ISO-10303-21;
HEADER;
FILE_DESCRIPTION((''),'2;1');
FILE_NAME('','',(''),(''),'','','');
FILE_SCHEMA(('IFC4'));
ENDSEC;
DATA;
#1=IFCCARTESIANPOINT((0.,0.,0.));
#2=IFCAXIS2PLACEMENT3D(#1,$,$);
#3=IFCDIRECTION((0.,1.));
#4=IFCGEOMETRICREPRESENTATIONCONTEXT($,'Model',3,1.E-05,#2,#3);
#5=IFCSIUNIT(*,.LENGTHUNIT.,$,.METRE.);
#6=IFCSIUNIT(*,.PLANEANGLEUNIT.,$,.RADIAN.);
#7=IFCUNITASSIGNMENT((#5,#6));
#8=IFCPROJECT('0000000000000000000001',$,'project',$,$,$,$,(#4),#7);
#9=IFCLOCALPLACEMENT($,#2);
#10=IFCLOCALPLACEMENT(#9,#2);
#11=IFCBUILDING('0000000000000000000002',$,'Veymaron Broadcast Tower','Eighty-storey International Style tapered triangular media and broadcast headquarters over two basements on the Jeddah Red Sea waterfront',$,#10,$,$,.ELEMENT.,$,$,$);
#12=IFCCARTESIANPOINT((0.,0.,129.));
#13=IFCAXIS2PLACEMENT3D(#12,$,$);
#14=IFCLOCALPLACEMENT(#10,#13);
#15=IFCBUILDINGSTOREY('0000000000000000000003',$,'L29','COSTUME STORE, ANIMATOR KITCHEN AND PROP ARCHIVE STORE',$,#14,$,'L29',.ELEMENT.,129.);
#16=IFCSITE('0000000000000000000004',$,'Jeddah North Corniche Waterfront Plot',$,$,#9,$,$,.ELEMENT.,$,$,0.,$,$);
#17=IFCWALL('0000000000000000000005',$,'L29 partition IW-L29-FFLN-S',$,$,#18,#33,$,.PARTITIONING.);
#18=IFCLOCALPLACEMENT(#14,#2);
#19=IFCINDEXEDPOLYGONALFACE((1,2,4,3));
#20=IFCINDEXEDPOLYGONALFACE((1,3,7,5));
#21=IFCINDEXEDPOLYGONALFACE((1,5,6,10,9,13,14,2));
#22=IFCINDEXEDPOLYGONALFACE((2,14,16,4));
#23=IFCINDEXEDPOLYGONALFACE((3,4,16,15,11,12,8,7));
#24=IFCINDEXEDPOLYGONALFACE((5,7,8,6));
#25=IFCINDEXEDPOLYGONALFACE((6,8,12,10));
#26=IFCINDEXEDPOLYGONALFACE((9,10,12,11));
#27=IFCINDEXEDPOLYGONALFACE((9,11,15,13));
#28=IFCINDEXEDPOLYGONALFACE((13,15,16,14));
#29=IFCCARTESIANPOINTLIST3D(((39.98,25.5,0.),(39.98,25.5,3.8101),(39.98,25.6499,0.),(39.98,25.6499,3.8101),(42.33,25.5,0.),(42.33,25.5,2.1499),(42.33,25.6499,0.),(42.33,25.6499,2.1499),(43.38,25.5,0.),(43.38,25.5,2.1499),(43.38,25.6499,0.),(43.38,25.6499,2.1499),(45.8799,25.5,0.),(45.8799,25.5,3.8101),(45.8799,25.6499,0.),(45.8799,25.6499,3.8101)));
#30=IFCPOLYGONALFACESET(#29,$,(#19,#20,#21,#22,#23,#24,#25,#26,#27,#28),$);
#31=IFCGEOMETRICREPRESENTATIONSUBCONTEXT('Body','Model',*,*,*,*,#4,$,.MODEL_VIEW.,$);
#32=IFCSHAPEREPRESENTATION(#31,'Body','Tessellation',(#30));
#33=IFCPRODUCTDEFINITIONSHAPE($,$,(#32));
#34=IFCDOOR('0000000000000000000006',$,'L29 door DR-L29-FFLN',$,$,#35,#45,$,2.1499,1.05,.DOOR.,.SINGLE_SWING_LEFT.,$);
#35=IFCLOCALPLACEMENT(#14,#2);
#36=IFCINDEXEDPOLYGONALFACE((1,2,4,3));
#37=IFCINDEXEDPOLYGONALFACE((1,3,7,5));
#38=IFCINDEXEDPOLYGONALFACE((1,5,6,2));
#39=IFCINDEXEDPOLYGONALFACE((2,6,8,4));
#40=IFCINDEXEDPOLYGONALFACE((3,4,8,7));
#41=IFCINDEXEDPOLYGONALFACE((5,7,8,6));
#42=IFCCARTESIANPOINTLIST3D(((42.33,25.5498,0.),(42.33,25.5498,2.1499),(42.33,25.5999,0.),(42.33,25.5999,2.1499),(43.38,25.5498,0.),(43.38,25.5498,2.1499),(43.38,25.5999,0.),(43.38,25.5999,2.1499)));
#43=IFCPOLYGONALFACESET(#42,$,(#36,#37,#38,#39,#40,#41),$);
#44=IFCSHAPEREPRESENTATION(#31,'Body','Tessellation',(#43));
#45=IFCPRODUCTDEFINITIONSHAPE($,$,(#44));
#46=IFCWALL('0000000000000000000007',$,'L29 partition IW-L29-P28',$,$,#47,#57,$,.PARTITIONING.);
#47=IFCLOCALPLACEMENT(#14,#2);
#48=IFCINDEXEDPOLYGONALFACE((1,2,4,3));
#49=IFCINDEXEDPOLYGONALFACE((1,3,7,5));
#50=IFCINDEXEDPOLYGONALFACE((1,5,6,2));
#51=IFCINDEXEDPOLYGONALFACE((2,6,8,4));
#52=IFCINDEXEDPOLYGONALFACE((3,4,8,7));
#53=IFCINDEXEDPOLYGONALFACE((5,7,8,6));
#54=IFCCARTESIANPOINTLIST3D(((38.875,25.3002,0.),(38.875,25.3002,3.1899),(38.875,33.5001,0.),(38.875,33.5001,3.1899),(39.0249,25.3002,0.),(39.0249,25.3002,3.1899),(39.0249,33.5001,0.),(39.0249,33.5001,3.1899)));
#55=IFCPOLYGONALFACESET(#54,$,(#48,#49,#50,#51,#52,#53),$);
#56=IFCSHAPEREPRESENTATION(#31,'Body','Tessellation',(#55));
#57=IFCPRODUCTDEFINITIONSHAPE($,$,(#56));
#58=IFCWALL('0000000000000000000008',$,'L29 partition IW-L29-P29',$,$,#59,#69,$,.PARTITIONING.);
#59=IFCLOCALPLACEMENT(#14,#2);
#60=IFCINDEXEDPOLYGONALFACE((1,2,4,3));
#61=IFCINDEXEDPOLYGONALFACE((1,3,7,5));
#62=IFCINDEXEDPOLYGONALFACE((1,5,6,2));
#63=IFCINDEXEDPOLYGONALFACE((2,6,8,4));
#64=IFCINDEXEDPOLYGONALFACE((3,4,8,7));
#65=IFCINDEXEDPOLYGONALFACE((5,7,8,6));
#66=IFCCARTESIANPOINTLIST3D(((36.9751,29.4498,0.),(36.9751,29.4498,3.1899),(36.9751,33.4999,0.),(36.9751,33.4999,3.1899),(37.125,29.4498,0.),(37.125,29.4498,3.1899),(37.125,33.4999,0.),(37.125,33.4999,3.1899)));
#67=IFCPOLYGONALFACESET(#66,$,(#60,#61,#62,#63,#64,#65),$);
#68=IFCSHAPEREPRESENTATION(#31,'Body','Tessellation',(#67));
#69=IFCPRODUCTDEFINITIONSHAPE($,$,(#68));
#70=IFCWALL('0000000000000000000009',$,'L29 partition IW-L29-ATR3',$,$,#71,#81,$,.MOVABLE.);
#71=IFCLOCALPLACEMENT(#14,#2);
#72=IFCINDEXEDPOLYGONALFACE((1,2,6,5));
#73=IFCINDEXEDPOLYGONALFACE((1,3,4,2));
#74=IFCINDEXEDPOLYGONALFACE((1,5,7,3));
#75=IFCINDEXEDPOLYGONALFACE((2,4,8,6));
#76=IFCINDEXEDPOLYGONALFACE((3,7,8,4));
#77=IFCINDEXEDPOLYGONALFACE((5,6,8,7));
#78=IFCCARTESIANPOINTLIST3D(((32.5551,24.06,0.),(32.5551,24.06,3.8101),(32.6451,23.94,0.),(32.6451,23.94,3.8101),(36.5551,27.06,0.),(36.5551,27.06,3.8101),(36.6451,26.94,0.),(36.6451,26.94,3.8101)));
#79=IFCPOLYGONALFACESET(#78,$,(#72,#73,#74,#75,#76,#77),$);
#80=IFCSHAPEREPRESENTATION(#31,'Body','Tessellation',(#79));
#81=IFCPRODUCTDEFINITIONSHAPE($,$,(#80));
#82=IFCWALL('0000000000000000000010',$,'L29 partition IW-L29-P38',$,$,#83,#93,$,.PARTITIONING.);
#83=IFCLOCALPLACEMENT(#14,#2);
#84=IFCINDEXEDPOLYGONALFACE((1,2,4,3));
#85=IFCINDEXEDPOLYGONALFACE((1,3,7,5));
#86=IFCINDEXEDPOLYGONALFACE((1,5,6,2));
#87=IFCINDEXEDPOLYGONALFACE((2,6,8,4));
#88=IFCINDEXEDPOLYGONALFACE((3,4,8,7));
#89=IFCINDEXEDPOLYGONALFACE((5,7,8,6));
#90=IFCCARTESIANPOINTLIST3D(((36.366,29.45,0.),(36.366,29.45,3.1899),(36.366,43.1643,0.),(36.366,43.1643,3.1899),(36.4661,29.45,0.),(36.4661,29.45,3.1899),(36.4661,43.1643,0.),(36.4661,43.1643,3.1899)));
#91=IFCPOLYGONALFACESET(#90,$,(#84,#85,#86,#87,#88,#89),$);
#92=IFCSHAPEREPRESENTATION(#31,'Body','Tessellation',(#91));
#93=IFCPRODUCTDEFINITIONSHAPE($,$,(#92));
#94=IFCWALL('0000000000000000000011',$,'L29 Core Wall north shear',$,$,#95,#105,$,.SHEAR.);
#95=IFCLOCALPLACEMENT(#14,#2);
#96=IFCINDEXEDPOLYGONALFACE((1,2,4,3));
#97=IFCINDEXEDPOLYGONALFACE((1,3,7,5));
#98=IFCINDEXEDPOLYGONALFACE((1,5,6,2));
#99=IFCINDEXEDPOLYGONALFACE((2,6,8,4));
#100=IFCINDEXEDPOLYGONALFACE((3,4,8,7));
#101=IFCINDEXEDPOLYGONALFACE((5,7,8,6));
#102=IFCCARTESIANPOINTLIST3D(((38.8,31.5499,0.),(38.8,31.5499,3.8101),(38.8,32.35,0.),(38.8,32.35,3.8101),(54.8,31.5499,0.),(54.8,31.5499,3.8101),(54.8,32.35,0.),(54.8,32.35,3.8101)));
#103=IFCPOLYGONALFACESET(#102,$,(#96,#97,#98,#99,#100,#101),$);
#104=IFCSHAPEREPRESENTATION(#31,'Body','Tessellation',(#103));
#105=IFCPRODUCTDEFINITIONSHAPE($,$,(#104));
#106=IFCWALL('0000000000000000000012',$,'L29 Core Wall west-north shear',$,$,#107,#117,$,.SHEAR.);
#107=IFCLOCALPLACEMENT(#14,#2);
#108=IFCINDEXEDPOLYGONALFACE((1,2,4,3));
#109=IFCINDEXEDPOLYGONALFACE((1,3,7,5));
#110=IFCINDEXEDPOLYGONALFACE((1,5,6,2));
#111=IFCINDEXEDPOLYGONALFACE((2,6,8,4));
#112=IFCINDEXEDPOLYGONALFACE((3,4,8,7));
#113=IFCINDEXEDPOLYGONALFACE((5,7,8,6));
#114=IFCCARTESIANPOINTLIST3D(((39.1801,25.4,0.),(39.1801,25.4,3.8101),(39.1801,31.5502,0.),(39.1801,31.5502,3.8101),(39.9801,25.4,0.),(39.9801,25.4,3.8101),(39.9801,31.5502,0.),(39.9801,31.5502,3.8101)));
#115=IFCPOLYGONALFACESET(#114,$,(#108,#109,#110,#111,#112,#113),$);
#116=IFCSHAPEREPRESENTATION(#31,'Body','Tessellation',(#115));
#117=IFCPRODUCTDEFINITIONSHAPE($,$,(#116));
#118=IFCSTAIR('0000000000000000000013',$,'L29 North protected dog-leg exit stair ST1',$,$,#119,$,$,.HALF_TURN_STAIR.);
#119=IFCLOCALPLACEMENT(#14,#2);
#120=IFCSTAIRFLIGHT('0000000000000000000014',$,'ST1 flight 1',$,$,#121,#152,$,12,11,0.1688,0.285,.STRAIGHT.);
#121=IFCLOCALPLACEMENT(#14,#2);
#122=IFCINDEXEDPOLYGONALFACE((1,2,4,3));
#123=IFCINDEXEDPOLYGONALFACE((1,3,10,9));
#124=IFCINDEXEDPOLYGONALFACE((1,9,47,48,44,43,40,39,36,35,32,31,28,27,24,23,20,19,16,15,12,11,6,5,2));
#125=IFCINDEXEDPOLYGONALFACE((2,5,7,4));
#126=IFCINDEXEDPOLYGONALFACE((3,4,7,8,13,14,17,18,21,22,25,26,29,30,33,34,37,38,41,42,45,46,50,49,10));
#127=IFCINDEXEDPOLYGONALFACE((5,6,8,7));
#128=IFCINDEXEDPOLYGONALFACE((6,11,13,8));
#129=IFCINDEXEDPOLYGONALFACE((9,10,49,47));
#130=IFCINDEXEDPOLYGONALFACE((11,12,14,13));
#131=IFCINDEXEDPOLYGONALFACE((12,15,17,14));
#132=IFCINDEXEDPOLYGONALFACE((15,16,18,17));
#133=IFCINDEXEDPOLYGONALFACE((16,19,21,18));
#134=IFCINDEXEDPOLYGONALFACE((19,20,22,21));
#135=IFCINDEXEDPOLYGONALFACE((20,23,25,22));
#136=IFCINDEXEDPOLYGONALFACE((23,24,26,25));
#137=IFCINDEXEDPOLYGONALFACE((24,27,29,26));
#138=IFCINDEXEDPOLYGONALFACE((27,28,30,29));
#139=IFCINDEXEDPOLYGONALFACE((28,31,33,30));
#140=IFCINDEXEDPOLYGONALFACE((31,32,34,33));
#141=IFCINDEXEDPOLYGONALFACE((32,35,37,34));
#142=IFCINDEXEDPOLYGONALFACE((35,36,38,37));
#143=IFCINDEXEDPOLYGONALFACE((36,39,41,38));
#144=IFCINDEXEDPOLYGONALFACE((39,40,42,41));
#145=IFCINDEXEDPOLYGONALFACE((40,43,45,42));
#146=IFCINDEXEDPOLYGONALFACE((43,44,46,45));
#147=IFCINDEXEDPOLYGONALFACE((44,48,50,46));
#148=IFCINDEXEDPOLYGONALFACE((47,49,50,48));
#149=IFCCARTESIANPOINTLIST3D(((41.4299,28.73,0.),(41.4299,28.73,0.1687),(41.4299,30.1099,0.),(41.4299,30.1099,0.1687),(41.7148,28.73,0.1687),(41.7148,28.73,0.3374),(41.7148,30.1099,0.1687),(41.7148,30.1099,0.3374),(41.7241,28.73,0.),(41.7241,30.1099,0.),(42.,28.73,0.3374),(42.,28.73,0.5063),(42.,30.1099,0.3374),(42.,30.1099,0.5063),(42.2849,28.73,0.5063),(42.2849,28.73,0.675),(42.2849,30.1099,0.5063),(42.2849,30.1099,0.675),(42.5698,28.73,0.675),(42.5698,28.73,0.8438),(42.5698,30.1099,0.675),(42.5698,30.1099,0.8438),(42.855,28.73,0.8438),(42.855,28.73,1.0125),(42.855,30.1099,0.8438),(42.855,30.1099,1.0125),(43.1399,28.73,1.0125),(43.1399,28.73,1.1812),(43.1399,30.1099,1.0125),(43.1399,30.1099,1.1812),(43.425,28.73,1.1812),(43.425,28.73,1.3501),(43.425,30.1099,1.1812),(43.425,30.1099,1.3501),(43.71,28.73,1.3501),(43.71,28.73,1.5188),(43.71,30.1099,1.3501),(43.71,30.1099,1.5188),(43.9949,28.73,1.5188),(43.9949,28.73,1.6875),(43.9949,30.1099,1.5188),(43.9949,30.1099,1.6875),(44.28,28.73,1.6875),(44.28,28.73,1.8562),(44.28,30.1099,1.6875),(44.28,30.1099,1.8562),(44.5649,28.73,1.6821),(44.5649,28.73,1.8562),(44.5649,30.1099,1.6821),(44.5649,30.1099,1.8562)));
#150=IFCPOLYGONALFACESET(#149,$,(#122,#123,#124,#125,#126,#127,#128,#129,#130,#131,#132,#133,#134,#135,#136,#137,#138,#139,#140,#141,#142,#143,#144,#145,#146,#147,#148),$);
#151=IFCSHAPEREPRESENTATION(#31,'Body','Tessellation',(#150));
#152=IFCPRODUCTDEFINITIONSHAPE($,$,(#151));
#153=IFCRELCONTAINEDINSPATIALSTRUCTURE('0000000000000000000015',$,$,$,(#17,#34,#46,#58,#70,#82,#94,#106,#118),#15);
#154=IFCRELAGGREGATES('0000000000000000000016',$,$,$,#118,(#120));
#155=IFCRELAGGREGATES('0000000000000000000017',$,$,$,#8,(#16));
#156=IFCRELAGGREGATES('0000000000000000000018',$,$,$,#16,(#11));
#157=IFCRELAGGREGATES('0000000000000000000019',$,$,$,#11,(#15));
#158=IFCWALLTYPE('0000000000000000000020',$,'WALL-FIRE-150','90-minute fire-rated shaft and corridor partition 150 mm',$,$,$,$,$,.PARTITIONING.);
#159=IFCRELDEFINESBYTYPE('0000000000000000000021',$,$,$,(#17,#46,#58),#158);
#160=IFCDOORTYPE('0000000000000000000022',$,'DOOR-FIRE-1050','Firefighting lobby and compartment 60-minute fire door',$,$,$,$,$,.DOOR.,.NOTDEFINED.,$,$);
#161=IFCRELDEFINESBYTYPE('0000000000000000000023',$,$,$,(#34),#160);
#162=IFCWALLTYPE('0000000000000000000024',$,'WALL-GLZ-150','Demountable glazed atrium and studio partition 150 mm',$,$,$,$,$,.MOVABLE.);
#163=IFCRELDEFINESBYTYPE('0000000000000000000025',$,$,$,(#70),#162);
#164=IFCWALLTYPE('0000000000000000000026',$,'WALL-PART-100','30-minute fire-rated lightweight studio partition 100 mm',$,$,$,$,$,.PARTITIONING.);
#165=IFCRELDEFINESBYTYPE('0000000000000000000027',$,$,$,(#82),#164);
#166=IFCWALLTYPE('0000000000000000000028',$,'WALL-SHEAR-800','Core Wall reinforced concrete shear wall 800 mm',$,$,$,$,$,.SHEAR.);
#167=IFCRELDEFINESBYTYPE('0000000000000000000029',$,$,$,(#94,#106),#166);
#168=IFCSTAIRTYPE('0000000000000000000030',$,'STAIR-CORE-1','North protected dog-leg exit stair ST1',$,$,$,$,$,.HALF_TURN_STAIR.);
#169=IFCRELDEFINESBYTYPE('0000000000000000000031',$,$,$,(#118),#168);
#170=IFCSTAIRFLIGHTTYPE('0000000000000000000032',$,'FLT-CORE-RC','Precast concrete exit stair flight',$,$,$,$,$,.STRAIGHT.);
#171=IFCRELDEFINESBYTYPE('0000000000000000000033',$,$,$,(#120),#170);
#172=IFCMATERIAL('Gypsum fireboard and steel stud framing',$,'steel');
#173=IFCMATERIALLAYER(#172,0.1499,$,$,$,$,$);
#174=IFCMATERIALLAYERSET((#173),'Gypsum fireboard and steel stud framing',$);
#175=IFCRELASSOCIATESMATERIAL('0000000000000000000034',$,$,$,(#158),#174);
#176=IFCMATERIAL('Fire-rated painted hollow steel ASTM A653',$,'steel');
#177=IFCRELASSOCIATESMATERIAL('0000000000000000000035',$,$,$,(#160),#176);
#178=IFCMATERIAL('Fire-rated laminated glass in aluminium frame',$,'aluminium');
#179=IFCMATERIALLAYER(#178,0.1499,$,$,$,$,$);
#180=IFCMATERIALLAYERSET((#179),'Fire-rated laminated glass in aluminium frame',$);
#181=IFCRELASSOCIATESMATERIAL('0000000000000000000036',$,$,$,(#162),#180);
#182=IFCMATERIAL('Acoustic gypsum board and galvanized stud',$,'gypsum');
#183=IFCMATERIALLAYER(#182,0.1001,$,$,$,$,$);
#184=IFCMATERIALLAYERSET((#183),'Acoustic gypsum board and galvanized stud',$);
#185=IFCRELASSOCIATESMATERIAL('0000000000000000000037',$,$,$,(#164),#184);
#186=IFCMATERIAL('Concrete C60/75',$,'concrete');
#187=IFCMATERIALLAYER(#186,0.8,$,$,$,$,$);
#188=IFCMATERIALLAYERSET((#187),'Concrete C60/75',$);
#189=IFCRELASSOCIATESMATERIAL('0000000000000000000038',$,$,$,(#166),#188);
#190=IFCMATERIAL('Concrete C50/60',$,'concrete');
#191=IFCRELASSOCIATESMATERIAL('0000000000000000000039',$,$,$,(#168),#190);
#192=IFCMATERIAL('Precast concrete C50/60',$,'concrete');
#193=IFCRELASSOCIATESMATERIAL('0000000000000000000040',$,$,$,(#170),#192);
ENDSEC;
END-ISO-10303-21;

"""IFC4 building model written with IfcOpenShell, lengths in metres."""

from ifc_helpers import new_model, si_unit, direction, frame, frame_2d, origin, place, context, subcontext, project, spatial, polyline, rectangle, outline, extrude, material, layer, layer_set, type_object, element, fill, aggregate, save


model = new_model("IFC4")

# Units and contexts
model_context = context("Model", 3, precision=1e-05, world=origin(), true_north=direction((0.0, 1.0)))
body_context = subcontext(model_context, "Body", "Model", "MODEL_VIEW")
ifc_project = project(units=[si_unit("LENGTHUNIT", "METRE"), si_unit("PLANEANGLEUNIT", "RADIAN")], contexts=[model_context])

# Site, building, storey
site_placement = place(None, origin())
site = spatial("IfcSite", under=ifc_project, at=site_placement, Name="Jeddah North Corniche Waterfront Plot", CompositionType="ELEMENT", RefElevation=0.0)
building_placement = place(site_placement, origin())
building = spatial("IfcBuilding", under=site, at=building_placement, Name="Veymaron Broadcast Tower", Description="Eighty-storey International Style tapered triangular media and broadcast headquarters over two basements on the Jeddah Red Sea waterfront", CompositionType="ELEMENT")
storey_placement = place(building_placement, frame((0.0, 0.0, 129.0)))
storey = spatial("IfcBuildingStorey", under=building, at=storey_placement, Name="L29", Description="COSTUME STORE, ANIMATOR KITCHEN AND PROP ARCHIVE STORE", LongName="L29", CompositionType="ELEMENT", Elevation=129.0)

# Wall, opening, door
ifc_material_1 = material(Name="Gypsum fireboard and steel stud framing", Category="steel")
ifc_layer_1 = layer(ifc_material_1, 0.1499)
ifc_layer_set_1 = layer_set([ifc_layer_1], Name="Gypsum fireboard and steel stud framing")
wall_type_1 = type_object("IfcWallType", Name="WALL-FIRE-150", Description="90-minute fire-rated shaft and corridor partition 150 mm", PredefinedType="PARTITIONING", material=ifc_layer_set_1)
wall_1_placement = place(storey_placement, frame((39.98, 25.575, 0.0), z_axis=(0.0, 0.0, 1.0), x_axis=(1.0, 0.0, 0.0)))
wall_1 = element("IfcWall", 1, at=wall_1_placement, inside=storey, type_object=wall_type_1, Name="L29 partition IW-L29-FFLN-S", PredefinedType="PARTITIONING", context=body_context, shape_type="SweptSolid", body=[
    extrude(rectangle(XDim=5.8999, YDim=0.1499, at=frame_2d((2.95, 0.0))), origin(), (0.0, 0.0, 1.0), 3.8101),
])
opening_1_placement = place(wall_1_placement, frame((2.3501, 0.0, 0.0)))
opening_1 = element("IfcOpeningElement", 2, at=opening_1_placement, cuts=wall_1, PredefinedType="OPENING", context=body_context, shape_type="SweptSolid", body=[
    extrude(rectangle(XDim=1.05, YDim=2.1499, at=frame_2d((0.5249, 1.075))), frame((0.0, 0.085, 0.0), z_axis=(0.0, -1.0, 0.0), x_axis=(1.0, 0.0, 0.0)), (0.0, 0.0, 1.0), 0.1699),
])
ifc_material_2 = material(Name="Fire-rated painted hollow steel ASTM A653", Category="steel")
door_type_1 = type_object("IfcDoorType", Name="DOOR-FIRE-1050", Description="Firefighting lobby and compartment 60-minute fire door", OperationType="NOTDEFINED", PredefinedType="DOOR", material=ifc_material_2)
door_1_placement = place(opening_1_placement, origin())
door_1 = element("IfcDoor", 3, at=door_1_placement, inside=storey, type_object=door_type_1, Name="L29 door DR-L29-FFLN", OperationType="SINGLE_SWING_LEFT", OverallHeight=2.1499, OverallWidth=1.05, PredefinedType="DOOR", context=body_context, shape_type="SweptSolid", body=[
    extrude(rectangle(XDim=1.05, YDim=2.1499, at=frame_2d((0.5249, 1.075))), frame((0.0, 0.0249, 0.0), z_axis=(0.0, -1.0, 0.0), x_axis=(1.0, 0.0, 0.0)), (0.0, 0.0, 1.0), 0.05),
])
fill(opening_1, door_1)

# Walls
wall_2_placement = place(storey_placement, frame((38.95, 25.3, 0.0), z_axis=(0.0, 0.0, 1.0), x_axis=(0.0, 1.0, 0.0)))
element("IfcWall", 4, at=wall_2_placement, inside=storey, type_object=wall_type_1, Name="L29 partition IW-L29-P28", PredefinedType="PARTITIONING", context=body_context, shape_type="SweptSolid", body=[
    extrude(rectangle(XDim=8.2, YDim=0.1499, at=frame_2d((4.1001, 0.0))), origin(), (0.0, 0.0, 1.0), 3.1899),
])
wall_3_placement = place(storey_placement, frame((37.05, 29.45, 0.0), z_axis=(0.0, 0.0, 1.0), x_axis=(0.0, 1.0, 0.0)))
element("IfcWall", 5, at=wall_3_placement, inside=storey, type_object=wall_type_1, Name="L29 partition IW-L29-P29", PredefinedType="PARTITIONING", context=body_context, shape_type="SweptSolid", body=[
    extrude(rectangle(XDim=4.05, YDim=0.1499, at=frame_2d((2.0249, 0.0))), origin(), (0.0, 0.0, 1.0), 3.1899),
])
ifc_material_3 = material(Name="Fire-rated laminated glass in aluminium frame", Category="aluminium")
ifc_layer_2 = layer(ifc_material_3, 0.1499)
ifc_layer_set_2 = layer_set([ifc_layer_2], Name="Fire-rated laminated glass in aluminium frame")
wall_type_2 = type_object("IfcWallType", Name="WALL-GLZ-150", Description="Demountable glazed atrium and studio partition 150 mm", PredefinedType="MOVABLE", material=ifc_layer_set_2)
wall_4_placement = place(storey_placement, frame((36.6001, 27.0, 0.0), z_axis=(0.0, 0.0, 1.0), x_axis=(-0.8, -0.6, 0.0)))
element("IfcWall", 6, at=wall_4_placement, inside=storey, type_object=wall_type_2, Name="L29 partition IW-L29-ATR3", PredefinedType="MOVABLE", context=body_context, shape_type="SweptSolid", body=[
    extrude(rectangle(XDim=5.0, YDim=0.1499, at=frame_2d((2.5, 0.0))), origin(), (0.0, 0.0, 1.0), 3.8101),
])
ifc_material_4 = material(Name="Acoustic gypsum board and galvanized stud", Category="gypsum")
ifc_layer_3 = layer(ifc_material_4, 0.1001)
ifc_layer_set_3 = layer_set([ifc_layer_3], Name="Acoustic gypsum board and galvanized stud")
wall_type_3 = type_object("IfcWallType", Name="WALL-PART-100", Description="30-minute fire-rated lightweight studio partition 100 mm", PredefinedType="PARTITIONING", material=ifc_layer_set_3)
wall_5_placement = place(storey_placement, frame((36.416, 29.45, 0.0), z_axis=(0.0, 0.0, 1.0), x_axis=(0.0, 1.0, 0.0)))
element("IfcWall", 7, at=wall_5_placement, inside=storey, type_object=wall_type_3, Name="L29 partition IW-L29-P38", PredefinedType="PARTITIONING", context=body_context, shape_type="SweptSolid", body=[
    extrude(rectangle(XDim=13.7144, YDim=0.1001, at=frame_2d((6.8572, 0.0))), origin(), (0.0, 0.0, 1.0), 3.1899),
])

# Shared definitions
ifc_material_5 = material(Name="Concrete C50/60", Category="concrete")

# Walls
ifc_material_6 = material(Name="Concrete C60/75", Category="concrete")
ifc_layer_4 = layer(ifc_material_6, 0.8)
ifc_layer_set_4 = layer_set([ifc_layer_4], Name="Concrete C60/75")
wall_type_4 = type_object("IfcWallType", Name="WALL-SHEAR-800", Description="Core Wall reinforced concrete shear wall 800 mm", PredefinedType="SHEAR", material=ifc_layer_set_4)
wall_6_placement = place(storey_placement, frame((38.8, 31.95, 0.0), z_axis=(0.0, 0.0, 1.0), x_axis=(1.0, 0.0, 0.0)))
element("IfcWall", 8, at=wall_6_placement, inside=storey, type_object=wall_type_4, Name="L29 Core Wall north shear", PredefinedType="SHEAR", context=body_context, shape_type="SweptSolid", body=[
    extrude(rectangle(XDim=16.0, YDim=0.8, at=frame_2d((8.0, 0.0))), origin(), (0.0, 0.0, 1.0), 3.8101),
])
wall_7_placement = place(storey_placement, frame((39.5801, 25.3999, 0.0), z_axis=(0.0, 0.0, 1.0), x_axis=(0.0, 1.0, 0.0)))
element("IfcWall", 9, at=wall_7_placement, inside=storey, type_object=wall_type_4, Name="L29 Core Wall west-north shear", PredefinedType="SHEAR", context=body_context, shape_type="SweptSolid", body=[
    extrude(rectangle(XDim=6.1501, YDim=0.8, at=frame_2d((3.0752, 0.0))), origin(), (0.0, 0.0, 1.0), 3.8101),
])

# Stair, stair flight
stair_type = type_object("IfcStairType", Name="STAIR-CORE-1", Description="North protected dog-leg exit stair ST1", PredefinedType="HALF_TURN_STAIR", material=ifc_material_5)
stair_placement = place(storey_placement, origin())
stair = element("IfcStair", 10, at=stair_placement, inside=storey, type_object=stair_type, Name="L29 North protected dog-leg exit stair ST1", PredefinedType="HALF_TURN_STAIR")
ifc_material_7 = material(Name="Precast concrete C50/60", Category="concrete")
stair_flight_type = type_object("IfcStairFlightType", Name="FLT-CORE-RC", Description="Precast concrete exit stair flight", PredefinedType="STRAIGHT", material=ifc_material_7)
stair_flight_1_placement = place(storey_placement, frame((41.4299, 29.4199, 0.0), z_axis=(0.0, 0.0, 1.0), x_axis=(1.0, 0.0, 0.0)))
stair_flight_1 = element("IfcStairFlight", 11, at=stair_flight_1_placement, type_object=stair_flight_type, Name="ST1 flight 1", NumberOfRisers=12, NumberOfTreads=11, PredefinedType="STRAIGHT", RiserHeight=0.1688, TreadLength=0.285, context=body_context, shape_type="SweptSolid", body=[
    extrude(outline(polyline([(0.0, 0.0), (0.0, 0.1687), (0.2849, 0.1687), (0.2849, 0.3374), (0.5701, 0.3374), (0.5701, 0.5063), (0.855, 0.5063), (0.855, 0.675), (1.1399, 0.675), (1.1399, 0.8438), (1.425, 0.8438), (1.425, 1.0125), (1.71, 1.0125), (1.71, 1.1812), (1.9951, 1.1812), (1.9951, 1.3501), (2.28, 1.3501), (2.28, 1.5188), (2.5649, 1.5188), (2.5649, 1.6875), (2.8501, 1.6875), (2.8501, 1.8562), (3.135, 1.8562), (3.135, 2.0249), (3.135, 1.6821), (0.2942, 0.0), (0.0, 0.0)])), frame((0.0, 0.6899, 0.0), z_axis=(0.0, -1.0, 0.0), x_axis=(1.0, 0.0, 0.0)), (0.0, 0.0, 1.0), 1.3799),
])
aggregate(stair, [stair_flight_1])

save(model, "model.ifc")
